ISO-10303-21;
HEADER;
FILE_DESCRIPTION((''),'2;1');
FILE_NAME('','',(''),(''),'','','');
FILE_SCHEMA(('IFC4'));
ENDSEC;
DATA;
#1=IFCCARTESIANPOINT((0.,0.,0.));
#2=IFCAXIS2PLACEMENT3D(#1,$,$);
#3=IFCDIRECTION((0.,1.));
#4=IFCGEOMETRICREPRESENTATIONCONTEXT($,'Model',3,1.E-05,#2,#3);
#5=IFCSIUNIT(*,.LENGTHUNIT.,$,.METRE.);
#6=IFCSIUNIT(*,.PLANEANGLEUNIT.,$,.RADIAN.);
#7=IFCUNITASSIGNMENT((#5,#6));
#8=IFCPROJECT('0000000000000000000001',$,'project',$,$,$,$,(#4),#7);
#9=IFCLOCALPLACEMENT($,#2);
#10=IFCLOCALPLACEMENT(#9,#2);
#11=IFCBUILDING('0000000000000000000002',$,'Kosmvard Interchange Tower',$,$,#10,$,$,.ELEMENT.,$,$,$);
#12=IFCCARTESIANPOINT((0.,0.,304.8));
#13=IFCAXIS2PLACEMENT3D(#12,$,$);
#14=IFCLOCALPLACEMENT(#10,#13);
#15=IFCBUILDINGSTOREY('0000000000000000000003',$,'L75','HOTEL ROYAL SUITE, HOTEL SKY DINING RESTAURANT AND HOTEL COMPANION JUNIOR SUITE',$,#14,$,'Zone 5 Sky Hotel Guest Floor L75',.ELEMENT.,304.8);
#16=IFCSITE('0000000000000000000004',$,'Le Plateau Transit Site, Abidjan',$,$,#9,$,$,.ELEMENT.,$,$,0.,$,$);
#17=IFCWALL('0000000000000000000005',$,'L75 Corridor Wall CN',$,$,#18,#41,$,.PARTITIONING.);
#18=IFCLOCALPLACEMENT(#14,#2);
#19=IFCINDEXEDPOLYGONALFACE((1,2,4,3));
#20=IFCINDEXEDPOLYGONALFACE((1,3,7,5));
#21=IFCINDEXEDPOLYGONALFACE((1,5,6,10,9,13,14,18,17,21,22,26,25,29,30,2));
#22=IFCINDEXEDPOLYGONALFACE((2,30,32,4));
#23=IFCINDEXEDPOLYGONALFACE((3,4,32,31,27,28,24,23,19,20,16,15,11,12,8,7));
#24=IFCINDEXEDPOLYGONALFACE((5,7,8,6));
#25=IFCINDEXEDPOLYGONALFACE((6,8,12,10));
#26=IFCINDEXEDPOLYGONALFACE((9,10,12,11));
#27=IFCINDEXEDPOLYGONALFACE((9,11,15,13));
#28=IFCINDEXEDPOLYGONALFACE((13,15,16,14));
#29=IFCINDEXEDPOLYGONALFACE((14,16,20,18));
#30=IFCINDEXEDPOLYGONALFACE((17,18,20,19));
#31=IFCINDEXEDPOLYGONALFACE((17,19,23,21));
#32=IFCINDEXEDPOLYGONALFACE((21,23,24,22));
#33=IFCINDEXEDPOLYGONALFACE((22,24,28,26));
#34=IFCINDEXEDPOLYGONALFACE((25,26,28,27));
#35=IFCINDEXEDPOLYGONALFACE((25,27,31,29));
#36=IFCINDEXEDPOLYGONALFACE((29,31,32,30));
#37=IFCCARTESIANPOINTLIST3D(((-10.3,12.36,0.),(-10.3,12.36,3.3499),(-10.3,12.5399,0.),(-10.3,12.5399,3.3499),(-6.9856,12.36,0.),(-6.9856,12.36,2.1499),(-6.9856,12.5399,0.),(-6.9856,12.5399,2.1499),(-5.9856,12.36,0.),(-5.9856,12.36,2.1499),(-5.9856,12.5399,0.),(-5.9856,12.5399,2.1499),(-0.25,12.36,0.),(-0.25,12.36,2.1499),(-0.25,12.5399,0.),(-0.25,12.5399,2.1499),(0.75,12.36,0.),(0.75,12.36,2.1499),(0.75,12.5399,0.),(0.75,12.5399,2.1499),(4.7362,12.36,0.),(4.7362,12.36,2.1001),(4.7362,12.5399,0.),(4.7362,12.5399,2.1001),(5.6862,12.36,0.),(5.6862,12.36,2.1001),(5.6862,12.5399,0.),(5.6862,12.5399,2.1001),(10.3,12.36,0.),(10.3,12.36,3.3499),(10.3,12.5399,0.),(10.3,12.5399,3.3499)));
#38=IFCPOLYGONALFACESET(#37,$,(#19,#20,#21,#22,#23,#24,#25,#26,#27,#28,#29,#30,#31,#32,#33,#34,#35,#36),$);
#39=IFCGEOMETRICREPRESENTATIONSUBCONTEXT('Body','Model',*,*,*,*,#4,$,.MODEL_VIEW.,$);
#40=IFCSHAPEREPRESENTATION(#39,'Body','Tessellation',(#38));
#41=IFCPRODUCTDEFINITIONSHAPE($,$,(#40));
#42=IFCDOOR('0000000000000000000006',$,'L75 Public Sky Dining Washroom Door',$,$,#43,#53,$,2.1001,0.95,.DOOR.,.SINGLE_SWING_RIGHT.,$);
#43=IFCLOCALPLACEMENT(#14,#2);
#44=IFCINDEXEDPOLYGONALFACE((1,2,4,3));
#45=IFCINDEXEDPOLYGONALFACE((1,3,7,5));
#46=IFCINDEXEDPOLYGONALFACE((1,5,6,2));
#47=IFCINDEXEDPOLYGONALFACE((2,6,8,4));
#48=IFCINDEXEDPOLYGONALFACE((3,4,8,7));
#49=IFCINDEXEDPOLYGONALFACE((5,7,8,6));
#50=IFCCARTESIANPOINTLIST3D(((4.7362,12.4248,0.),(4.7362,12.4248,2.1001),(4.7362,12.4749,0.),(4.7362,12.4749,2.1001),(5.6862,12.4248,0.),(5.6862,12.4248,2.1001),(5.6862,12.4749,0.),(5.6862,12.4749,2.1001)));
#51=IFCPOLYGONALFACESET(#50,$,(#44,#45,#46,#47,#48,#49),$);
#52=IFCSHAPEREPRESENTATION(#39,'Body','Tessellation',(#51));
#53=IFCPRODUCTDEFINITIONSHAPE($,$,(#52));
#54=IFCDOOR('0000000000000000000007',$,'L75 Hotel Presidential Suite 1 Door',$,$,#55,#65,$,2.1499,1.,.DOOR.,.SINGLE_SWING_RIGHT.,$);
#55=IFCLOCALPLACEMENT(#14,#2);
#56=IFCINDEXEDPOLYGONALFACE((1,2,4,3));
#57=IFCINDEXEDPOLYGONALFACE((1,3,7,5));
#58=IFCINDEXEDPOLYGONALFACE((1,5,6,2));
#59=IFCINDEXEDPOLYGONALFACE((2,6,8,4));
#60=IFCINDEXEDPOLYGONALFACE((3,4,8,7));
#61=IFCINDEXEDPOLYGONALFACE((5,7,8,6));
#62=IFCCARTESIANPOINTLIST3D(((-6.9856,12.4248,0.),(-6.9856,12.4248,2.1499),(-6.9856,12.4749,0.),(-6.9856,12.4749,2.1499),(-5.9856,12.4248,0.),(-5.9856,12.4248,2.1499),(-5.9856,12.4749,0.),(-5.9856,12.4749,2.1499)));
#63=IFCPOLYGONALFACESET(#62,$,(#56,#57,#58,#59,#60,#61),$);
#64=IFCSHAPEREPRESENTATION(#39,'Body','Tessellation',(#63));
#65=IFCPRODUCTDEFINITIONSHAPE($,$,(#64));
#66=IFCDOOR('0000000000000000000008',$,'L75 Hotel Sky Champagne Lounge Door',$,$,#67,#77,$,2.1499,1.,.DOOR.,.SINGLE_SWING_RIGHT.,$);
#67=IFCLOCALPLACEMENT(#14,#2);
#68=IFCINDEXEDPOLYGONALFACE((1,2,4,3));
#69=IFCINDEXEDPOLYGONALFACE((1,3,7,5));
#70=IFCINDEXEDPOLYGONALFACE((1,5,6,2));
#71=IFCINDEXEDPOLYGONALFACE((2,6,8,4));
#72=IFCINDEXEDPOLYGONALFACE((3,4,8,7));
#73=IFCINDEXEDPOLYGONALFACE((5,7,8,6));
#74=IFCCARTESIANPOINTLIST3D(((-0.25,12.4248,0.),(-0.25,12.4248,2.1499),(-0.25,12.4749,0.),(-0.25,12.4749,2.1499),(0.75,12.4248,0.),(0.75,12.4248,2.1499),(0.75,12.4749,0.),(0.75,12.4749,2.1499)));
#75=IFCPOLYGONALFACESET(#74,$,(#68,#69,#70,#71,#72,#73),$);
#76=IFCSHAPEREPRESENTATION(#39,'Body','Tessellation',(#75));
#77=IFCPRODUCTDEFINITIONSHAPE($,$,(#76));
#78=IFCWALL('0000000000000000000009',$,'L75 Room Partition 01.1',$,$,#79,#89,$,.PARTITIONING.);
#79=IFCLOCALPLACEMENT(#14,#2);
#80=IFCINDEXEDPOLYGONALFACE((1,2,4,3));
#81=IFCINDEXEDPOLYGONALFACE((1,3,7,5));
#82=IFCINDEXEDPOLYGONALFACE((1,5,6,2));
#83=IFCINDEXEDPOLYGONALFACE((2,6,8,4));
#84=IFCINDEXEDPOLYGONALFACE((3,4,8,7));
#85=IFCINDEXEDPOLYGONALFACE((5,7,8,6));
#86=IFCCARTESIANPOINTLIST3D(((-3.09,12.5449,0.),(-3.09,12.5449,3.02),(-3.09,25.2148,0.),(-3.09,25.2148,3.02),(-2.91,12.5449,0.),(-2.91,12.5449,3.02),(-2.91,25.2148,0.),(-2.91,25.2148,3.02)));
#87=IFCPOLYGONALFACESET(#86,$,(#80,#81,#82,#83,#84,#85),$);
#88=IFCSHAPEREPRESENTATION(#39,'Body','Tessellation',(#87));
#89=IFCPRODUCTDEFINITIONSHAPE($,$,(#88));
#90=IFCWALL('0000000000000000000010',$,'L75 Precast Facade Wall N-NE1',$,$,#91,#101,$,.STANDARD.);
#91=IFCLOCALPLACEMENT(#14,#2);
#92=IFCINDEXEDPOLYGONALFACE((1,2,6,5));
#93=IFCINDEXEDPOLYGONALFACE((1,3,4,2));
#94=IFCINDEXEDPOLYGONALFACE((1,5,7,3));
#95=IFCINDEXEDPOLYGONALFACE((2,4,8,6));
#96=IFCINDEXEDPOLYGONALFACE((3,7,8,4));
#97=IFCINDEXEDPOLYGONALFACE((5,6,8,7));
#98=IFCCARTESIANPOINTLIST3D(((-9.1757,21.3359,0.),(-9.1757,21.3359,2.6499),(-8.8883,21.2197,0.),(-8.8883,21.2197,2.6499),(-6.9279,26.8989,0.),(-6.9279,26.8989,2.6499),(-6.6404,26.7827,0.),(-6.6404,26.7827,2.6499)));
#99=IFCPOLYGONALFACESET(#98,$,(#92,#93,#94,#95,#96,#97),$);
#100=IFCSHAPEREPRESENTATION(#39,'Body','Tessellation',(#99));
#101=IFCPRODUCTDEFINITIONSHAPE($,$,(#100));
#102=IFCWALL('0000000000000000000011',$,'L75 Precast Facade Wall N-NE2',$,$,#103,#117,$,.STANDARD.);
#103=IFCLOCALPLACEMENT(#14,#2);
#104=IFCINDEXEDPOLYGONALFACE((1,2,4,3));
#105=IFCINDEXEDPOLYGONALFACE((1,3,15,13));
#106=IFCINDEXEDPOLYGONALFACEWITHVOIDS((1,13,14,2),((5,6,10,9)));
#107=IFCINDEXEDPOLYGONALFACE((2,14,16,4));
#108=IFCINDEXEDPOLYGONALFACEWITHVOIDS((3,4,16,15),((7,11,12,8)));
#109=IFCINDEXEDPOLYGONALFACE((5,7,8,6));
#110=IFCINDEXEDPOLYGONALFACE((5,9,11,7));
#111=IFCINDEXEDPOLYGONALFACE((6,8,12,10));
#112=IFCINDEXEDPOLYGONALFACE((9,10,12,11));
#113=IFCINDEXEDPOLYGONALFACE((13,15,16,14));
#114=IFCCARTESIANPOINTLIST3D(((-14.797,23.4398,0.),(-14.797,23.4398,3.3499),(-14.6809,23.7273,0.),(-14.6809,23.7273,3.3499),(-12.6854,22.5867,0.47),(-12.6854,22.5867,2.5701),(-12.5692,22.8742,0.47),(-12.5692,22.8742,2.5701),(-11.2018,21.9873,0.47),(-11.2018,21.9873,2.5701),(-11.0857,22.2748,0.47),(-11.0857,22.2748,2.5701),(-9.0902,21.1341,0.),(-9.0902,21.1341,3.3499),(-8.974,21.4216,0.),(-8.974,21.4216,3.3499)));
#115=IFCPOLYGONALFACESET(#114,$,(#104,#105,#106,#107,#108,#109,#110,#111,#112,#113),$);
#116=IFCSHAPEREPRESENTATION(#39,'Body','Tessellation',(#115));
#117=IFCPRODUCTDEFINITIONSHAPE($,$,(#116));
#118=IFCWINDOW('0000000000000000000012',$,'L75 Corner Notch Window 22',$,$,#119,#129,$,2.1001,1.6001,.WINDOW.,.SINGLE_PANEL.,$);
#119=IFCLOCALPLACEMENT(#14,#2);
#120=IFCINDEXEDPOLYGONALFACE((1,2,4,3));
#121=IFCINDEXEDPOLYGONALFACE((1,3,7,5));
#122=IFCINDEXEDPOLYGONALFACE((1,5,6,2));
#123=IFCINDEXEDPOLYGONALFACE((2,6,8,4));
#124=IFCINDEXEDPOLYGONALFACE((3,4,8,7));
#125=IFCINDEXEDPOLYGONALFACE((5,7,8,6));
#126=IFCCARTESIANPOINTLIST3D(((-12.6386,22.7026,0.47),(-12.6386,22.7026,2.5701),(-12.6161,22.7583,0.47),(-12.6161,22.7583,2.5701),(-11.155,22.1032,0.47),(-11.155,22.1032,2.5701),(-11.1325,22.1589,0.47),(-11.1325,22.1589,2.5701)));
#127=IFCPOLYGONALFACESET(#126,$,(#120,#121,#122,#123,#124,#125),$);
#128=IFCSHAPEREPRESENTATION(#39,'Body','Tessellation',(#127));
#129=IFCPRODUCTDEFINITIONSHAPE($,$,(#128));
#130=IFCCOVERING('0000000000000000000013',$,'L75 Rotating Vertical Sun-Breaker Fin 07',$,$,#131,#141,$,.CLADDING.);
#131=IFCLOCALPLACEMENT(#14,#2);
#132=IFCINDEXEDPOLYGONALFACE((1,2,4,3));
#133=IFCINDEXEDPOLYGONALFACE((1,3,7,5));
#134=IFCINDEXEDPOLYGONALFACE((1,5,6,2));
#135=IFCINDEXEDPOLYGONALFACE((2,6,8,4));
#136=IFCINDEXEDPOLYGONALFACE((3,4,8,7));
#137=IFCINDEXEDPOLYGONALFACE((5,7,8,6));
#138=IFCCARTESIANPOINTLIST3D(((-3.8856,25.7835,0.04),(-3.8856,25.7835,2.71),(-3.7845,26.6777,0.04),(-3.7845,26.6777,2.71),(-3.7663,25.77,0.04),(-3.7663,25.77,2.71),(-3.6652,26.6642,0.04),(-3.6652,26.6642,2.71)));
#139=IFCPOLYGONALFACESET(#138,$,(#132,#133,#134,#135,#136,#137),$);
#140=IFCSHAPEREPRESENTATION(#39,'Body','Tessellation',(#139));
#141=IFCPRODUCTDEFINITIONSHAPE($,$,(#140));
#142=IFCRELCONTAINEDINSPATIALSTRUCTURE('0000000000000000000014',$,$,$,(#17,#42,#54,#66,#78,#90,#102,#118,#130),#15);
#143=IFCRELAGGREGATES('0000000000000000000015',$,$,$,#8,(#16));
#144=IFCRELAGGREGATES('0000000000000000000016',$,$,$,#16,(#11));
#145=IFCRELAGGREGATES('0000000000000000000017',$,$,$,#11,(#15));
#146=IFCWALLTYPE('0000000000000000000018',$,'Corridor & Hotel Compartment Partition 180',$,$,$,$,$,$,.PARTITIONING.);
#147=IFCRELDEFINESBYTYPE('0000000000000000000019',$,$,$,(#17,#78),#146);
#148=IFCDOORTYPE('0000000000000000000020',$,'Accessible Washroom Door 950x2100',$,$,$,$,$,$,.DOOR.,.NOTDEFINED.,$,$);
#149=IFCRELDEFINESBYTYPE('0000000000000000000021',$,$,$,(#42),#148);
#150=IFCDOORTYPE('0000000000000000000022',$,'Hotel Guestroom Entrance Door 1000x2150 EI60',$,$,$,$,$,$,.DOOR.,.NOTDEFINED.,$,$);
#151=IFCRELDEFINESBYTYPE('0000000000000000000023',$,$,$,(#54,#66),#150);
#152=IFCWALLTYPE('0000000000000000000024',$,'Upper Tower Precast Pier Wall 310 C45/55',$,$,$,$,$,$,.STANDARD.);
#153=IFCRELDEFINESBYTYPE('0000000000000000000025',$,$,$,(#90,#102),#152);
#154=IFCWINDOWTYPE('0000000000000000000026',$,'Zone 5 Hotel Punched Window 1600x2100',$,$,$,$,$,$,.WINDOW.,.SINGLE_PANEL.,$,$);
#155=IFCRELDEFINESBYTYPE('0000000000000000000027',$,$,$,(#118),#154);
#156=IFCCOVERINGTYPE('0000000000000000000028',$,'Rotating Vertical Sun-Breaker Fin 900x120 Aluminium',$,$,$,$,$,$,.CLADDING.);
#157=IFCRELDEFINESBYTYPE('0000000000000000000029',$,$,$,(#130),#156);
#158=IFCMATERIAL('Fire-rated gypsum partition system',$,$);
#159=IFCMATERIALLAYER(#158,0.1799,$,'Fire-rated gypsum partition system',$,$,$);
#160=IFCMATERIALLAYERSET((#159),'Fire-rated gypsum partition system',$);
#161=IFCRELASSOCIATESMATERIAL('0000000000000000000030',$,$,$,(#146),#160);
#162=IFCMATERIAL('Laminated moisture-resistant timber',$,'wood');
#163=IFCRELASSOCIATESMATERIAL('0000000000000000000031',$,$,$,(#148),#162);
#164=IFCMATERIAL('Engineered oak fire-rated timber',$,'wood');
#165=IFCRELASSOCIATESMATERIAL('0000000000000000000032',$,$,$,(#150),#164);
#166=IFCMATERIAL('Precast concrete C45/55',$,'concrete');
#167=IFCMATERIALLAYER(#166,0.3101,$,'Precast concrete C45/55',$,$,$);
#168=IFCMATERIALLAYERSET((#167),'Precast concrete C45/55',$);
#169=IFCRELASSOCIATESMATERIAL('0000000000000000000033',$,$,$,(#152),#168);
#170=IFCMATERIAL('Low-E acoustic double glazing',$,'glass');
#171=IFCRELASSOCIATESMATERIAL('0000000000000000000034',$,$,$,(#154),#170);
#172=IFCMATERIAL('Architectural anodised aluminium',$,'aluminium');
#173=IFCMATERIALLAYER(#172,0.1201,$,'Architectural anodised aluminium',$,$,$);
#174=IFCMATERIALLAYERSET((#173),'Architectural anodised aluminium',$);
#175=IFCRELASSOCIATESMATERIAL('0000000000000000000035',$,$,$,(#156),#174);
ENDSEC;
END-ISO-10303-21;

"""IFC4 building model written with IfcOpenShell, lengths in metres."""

from ifc_helpers import new_model, si_unit, direction, frame, frame_2d, origin, origin_2d, place, context, subcontext, project, spatial, rectangle, extrude, source, transform, mapped, material, layer, layer_set, type_object, element, fill, save


model = new_model("IFC4")

# Units and contexts
model_context = context("Model", 3, precision=1e-05, world=origin(), true_north=direction((0.0, 1.0)))
body_context = subcontext(model_context, "Body", "Model", "MODEL_VIEW")
ifc_project = project(units=[si_unit("LENGTHUNIT", "METRE"), si_unit("PLANEANGLEUNIT", "RADIAN")], contexts=[model_context])

# Site, building, storey
site_placement = place(None, origin())
site = spatial("IfcSite", under=ifc_project, at=site_placement, Name="Le Plateau Transit Site, Abidjan", CompositionType="ELEMENT", RefElevation=0.0)
building_placement = place(site_placement, origin())
building = spatial("IfcBuilding", under=site, at=building_placement, Name="Kosmvard Interchange Tower", CompositionType="ELEMENT")
storey_placement = place(building_placement, frame((0.0, 0.0, 304.8)))
storey = spatial("IfcBuildingStorey", under=building, at=storey_placement, Name="L75", Description="HOTEL ROYAL SUITE, HOTEL SKY DINING RESTAURANT AND HOTEL COMPANION JUNIOR SUITE", LongName="Zone 5 Sky Hotel Guest Floor L75", CompositionType="ELEMENT", Elevation=304.8)

# Shared definitions
ifc_material_1 = material(Name="Precast concrete C45/55", Category="concrete")

# Wall, openings, doors
ifc_material_2 = material(Name="Fire-rated gypsum partition system")
ifc_layer_1 = layer(ifc_material_2, 0.1799, Name="Fire-rated gypsum partition system")
ifc_layer_set_1 = layer_set([ifc_layer_1], Name="Fire-rated gypsum partition system")
wall_type_1 = type_object("IfcWallType", Name="Corridor & Hotel Compartment Partition 180", PredefinedType="PARTITIONING", material=ifc_layer_set_1)
wall_1_placement = place(storey_placement, frame((-10.3, 12.45, 0.0), z_axis=(0.0, 0.0, 1.0), x_axis=(1.0, 0.0, 0.0)))
wall_1 = element("IfcWall", 1, at=wall_1_placement, inside=storey, type_object=wall_type_1, Name="L75 Corridor Wall CN", PredefinedType="PARTITIONING", context=body_context, shape_type="SweptSolid", body=[
    extrude(rectangle(XDim=20.6001, YDim=0.1799, at=frame_2d((10.3, 0.0))), origin(), (0.0, 0.0, 1.0), 3.3499),
])
opening_1_placement = place(wall_1_placement, frame((15.0361, 0.0, 0.0)))
opening_1 = element("IfcOpeningElement", 2, at=opening_1_placement, cuts=wall_1, PredefinedType="OPENING", context=body_context, shape_type="SweptSolid", body=[
    extrude(rectangle(XDim=0.95, YDim=2.1001, at=frame_2d((0.4751, 1.05))), frame((0.0, 0.1001, 0.0), z_axis=(0.0, -1.0, 0.0), x_axis=(1.0, 0.0, 0.0)), (0.0, 0.0, 1.0), 0.2),
])
opening_2_placement = place(wall_1_placement, frame((3.3145, 0.0, 0.0)))
opening_2 = element("IfcOpeningElement", 3, at=opening_2_placement, cuts=wall_1, PredefinedType="OPENING", context=body_context, shape_type="SweptSolid", body=[
    extrude(rectangle(XDim=1.0, YDim=2.1499, at=frame_2d((0.5, 1.075))), frame((0.0, 0.1001, 0.0), z_axis=(0.0, -1.0, 0.0), x_axis=(1.0, 0.0, 0.0)), (0.0, 0.0, 1.0), 0.2),
])
opening_3_placement = place(wall_1_placement, frame((10.05, 0.0, 0.0)))
opening_3 = element("IfcOpeningElement", 4, at=opening_3_placement, cuts=wall_1, PredefinedType="OPENING", context=body_context, shape_type="SweptSolid", body=[
    extrude(rectangle(XDim=1.0, YDim=2.1499, at=frame_2d((0.5, 1.075))), frame((0.0, 0.1001, 0.0), z_axis=(0.0, -1.0, 0.0), x_axis=(1.0, 0.0, 0.0)), (0.0, 0.0, 1.0), 0.2),
])
ifc_material_3 = material(Name="Laminated moisture-resistant timber", Category="wood")
door_type_1 = type_object("IfcDoorType", Name="Accessible Washroom Door 950x2100", OperationType="NOTDEFINED", PredefinedType="DOOR", material=ifc_material_3)
shared_shape_1 = source(origin(), body_context, "Body", "SweptSolid", [
    extrude(rectangle(XDim=0.95, YDim=2.1001, at=frame_2d((0.4751, 1.05))), frame((0.0, 0.0249, 0.0), z_axis=(0.0, -1.0, 0.0), x_axis=(1.0, 0.0, 0.0)), (0.0, 0.0, 1.0), 0.05),
])
door_1_placement = place(opening_1_placement, origin())
door_1 = element("IfcDoor", 5, at=door_1_placement, inside=storey, type_object=door_type_1, Name="L75 Public Sky Dining Washroom Door", OperationType="SINGLE_SWING_RIGHT", OverallHeight=2.1001, OverallWidth=0.95, PredefinedType="DOOR", context=body_context, shape_type="MappedRepresentation", body=[
    mapped(shared_shape_1, transform((0.0, 0.0, 0.0), scale=1.0)),
])
fill(opening_1, door_1)
ifc_material_4 = material(Name="Engineered oak fire-rated timber", Category="wood")
door_type_2 = type_object("IfcDoorType", Name="Hotel Guestroom Entrance Door 1000x2150 EI60", OperationType="NOTDEFINED", PredefinedType="DOOR", material=ifc_material_4)
shared_shape_2 = source(origin(), body_context, "Body", "SweptSolid", [
    extrude(rectangle(XDim=1.0, YDim=2.1499, at=frame_2d((0.5, 1.075))), frame((0.0, 0.0249, 0.0), z_axis=(0.0, -1.0, 0.0), x_axis=(1.0, 0.0, 0.0)), (0.0, 0.0, 1.0), 0.05),
])
door_2_placement = place(opening_2_placement, origin())
door_2 = element("IfcDoor", 6, at=door_2_placement, inside=storey, type_object=door_type_2, Name="L75 Hotel Presidential Suite 1 Door", OperationType="SINGLE_SWING_RIGHT", OverallHeight=2.1499, OverallWidth=1.0, PredefinedType="DOOR", context=body_context, shape_type="MappedRepresentation", body=[
    mapped(shared_shape_2, transform((0.0, 0.0, 0.0), scale=1.0)),
])
fill(opening_2, door_2)
door_3_placement = place(opening_3_placement, origin())
door_3 = element("IfcDoor", 7, at=door_3_placement, inside=storey, type_object=door_type_2, Name="L75 Hotel Sky Champagne Lounge Door", OperationType="SINGLE_SWING_RIGHT", OverallHeight=2.1499, OverallWidth=1.0, PredefinedType="DOOR", context=body_context, shape_type="MappedRepresentation", body=[
    mapped(shared_shape_2, transform((0.0, 0.0, 0.0), scale=1.0)),
])
fill(opening_3, door_3)

# Walls
wall_2_placement = place(storey_placement, frame((-3.0, 12.5449, 0.0), z_axis=(0.0, 0.0, 1.0), x_axis=(0.0, 1.0, 0.0)))
element("IfcWall", 8, at=wall_2_placement, inside=storey, type_object=wall_type_1, Name="L75 Room Partition 01.1", PredefinedType="PARTITIONING", context=body_context, shape_type="SweptSolid", body=[
    extrude(rectangle(XDim=12.6699, YDim=0.1799, at=frame_2d((6.335, 0.0))), origin(), (0.0, 0.0, 1.0), 3.02),
])
ifc_layer_2 = layer(ifc_material_1, 0.3101, Name="Precast concrete C45/55")
ifc_layer_set_2 = layer_set([ifc_layer_2], Name="Precast concrete C45/55")
wall_type_2 = type_object("IfcWallType", Name="Upper Tower Precast Pier Wall 310 C45/55", PredefinedType="STANDARD", material=ifc_layer_set_2)
wall_3_placement = place(storey_placement, frame((-6.7842, 26.8408, 0.0), z_axis=(0.0, 0.0, 1.0), x_axis=(-0.374637, -0.927172, 0.0)))
element("IfcWall", 9, at=wall_3_placement, inside=storey, type_object=wall_type_2, Name="L75 Precast Facade Wall N-NE1", PredefinedType="STANDARD", context=body_context, shape_type="SweptSolid", body=[
    extrude(rectangle(XDim=6.0, YDim=0.3101, at=frame_2d((3.0, 0.0))), origin(), (0.0, 0.0, 1.0), 2.6499),
])

# Wall, opening, window
wall_4_placement = place(storey_placement, frame((-9.032, 21.2778, 0.0), z_axis=(0.0, 0.0, 1.0), x_axis=(-0.927185, 0.374603, 0.0)))
wall_4 = element("IfcWall", 10, at=wall_4_placement, inside=storey, type_object=wall_type_2, Name="L75 Precast Facade Wall N-NE2", PredefinedType="STANDARD", context=body_context, shape_type="SweptSolid", body=[
    extrude(rectangle(XDim=6.155, YDim=0.3101, at=frame_2d((3.0776, 0.0))), origin(), (0.0, 0.0, 1.0), 3.3499),
])
opening_4_placement = place(wall_4_placement, frame((2.2776, 0.0, 0.47)))
opening_4 = element("IfcOpeningElement", 11, at=opening_4_placement, cuts=wall_4, PredefinedType="OPENING", context=body_context, shape_type="SweptSolid", body=[
    extrude(rectangle(XDim=1.6001, YDim=2.1001, at=frame_2d((0.8, 1.05))), frame((0.0, 0.165, 0.0), z_axis=(0.0, -1.0, 0.0), x_axis=(1.0, 0.0, 0.0)), (0.0, 0.0, 1.0), 0.3301),
])
ifc_material_5 = material(Name="Low-E acoustic double glazing", Category="glass")
window_type = type_object("IfcWindowType", Name="Zone 5 Hotel Punched Window 1600x2100", PartitioningType="SINGLE_PANEL", PredefinedType="WINDOW", material=ifc_material_5)
shared_shape_3 = source(origin(), body_context, "Body", "SweptSolid", [
    extrude(rectangle(XDim=1.6001, YDim=2.1001, at=frame_2d((0.8, 1.05))), frame((0.0, 0.03, 0.0), z_axis=(0.0, -1.0, 0.0), x_axis=(1.0, 0.0, 0.0)), (0.0, 0.0, 1.0), 0.0601),
])
window_placement = place(opening_4_placement, origin())
window = element("IfcWindow", 12, at=window_placement, inside=storey, type_object=window_type, Name="L75 Corner Notch Window 22", OverallHeight=2.1001, OverallWidth=1.6001, PartitioningType="SINGLE_PANEL", PredefinedType="WINDOW", context=body_context, shape_type="MappedRepresentation", body=[
    mapped(shared_shape_3, transform((0.0, 0.0, 0.0), scale=1.0)),
])
fill(opening_4, window)

# Covering
ifc_material_6 = material(Name="Architectural anodised aluminium", Category="aluminium")
ifc_layer_3 = layer(ifc_material_6, 0.1201, Name="Architectural anodised aluminium")
ifc_layer_set_3 = layer_set([ifc_layer_3], Name="Architectural anodised aluminium")
covering_type = type_object("IfcCoveringType", Name="Rotating Vertical Sun-Breaker Fin 900x120 Aluminium", PredefinedType="CLADDING", material=ifc_layer_set_3)
shared_shape_4 = source(origin(), body_context, "Body", "SweptSolid", [
    extrude(rectangle(XDim=0.8999, YDim=0.1201, at=origin_2d()), origin(), (0.0, 0.0, 1.0), 2.6699),
])
covering_placement = place(storey_placement, frame((-3.7754, 26.2239, 0.04), z_axis=(0.0, 0.0, 1.0), x_axis=(0.112336, 0.99367, 0.0)))
element("IfcCovering", 13, at=covering_placement, inside=storey, type_object=covering_type, Name="L75 Rotating Vertical Sun-Breaker Fin 07", PredefinedType="CLADDING", context=body_context, shape_type="MappedRepresentation", body=[
    mapped(shared_shape_4, transform((0.0, 0.0, 0.0), scale=1.0)),
])

save(model, "model.ifc")
